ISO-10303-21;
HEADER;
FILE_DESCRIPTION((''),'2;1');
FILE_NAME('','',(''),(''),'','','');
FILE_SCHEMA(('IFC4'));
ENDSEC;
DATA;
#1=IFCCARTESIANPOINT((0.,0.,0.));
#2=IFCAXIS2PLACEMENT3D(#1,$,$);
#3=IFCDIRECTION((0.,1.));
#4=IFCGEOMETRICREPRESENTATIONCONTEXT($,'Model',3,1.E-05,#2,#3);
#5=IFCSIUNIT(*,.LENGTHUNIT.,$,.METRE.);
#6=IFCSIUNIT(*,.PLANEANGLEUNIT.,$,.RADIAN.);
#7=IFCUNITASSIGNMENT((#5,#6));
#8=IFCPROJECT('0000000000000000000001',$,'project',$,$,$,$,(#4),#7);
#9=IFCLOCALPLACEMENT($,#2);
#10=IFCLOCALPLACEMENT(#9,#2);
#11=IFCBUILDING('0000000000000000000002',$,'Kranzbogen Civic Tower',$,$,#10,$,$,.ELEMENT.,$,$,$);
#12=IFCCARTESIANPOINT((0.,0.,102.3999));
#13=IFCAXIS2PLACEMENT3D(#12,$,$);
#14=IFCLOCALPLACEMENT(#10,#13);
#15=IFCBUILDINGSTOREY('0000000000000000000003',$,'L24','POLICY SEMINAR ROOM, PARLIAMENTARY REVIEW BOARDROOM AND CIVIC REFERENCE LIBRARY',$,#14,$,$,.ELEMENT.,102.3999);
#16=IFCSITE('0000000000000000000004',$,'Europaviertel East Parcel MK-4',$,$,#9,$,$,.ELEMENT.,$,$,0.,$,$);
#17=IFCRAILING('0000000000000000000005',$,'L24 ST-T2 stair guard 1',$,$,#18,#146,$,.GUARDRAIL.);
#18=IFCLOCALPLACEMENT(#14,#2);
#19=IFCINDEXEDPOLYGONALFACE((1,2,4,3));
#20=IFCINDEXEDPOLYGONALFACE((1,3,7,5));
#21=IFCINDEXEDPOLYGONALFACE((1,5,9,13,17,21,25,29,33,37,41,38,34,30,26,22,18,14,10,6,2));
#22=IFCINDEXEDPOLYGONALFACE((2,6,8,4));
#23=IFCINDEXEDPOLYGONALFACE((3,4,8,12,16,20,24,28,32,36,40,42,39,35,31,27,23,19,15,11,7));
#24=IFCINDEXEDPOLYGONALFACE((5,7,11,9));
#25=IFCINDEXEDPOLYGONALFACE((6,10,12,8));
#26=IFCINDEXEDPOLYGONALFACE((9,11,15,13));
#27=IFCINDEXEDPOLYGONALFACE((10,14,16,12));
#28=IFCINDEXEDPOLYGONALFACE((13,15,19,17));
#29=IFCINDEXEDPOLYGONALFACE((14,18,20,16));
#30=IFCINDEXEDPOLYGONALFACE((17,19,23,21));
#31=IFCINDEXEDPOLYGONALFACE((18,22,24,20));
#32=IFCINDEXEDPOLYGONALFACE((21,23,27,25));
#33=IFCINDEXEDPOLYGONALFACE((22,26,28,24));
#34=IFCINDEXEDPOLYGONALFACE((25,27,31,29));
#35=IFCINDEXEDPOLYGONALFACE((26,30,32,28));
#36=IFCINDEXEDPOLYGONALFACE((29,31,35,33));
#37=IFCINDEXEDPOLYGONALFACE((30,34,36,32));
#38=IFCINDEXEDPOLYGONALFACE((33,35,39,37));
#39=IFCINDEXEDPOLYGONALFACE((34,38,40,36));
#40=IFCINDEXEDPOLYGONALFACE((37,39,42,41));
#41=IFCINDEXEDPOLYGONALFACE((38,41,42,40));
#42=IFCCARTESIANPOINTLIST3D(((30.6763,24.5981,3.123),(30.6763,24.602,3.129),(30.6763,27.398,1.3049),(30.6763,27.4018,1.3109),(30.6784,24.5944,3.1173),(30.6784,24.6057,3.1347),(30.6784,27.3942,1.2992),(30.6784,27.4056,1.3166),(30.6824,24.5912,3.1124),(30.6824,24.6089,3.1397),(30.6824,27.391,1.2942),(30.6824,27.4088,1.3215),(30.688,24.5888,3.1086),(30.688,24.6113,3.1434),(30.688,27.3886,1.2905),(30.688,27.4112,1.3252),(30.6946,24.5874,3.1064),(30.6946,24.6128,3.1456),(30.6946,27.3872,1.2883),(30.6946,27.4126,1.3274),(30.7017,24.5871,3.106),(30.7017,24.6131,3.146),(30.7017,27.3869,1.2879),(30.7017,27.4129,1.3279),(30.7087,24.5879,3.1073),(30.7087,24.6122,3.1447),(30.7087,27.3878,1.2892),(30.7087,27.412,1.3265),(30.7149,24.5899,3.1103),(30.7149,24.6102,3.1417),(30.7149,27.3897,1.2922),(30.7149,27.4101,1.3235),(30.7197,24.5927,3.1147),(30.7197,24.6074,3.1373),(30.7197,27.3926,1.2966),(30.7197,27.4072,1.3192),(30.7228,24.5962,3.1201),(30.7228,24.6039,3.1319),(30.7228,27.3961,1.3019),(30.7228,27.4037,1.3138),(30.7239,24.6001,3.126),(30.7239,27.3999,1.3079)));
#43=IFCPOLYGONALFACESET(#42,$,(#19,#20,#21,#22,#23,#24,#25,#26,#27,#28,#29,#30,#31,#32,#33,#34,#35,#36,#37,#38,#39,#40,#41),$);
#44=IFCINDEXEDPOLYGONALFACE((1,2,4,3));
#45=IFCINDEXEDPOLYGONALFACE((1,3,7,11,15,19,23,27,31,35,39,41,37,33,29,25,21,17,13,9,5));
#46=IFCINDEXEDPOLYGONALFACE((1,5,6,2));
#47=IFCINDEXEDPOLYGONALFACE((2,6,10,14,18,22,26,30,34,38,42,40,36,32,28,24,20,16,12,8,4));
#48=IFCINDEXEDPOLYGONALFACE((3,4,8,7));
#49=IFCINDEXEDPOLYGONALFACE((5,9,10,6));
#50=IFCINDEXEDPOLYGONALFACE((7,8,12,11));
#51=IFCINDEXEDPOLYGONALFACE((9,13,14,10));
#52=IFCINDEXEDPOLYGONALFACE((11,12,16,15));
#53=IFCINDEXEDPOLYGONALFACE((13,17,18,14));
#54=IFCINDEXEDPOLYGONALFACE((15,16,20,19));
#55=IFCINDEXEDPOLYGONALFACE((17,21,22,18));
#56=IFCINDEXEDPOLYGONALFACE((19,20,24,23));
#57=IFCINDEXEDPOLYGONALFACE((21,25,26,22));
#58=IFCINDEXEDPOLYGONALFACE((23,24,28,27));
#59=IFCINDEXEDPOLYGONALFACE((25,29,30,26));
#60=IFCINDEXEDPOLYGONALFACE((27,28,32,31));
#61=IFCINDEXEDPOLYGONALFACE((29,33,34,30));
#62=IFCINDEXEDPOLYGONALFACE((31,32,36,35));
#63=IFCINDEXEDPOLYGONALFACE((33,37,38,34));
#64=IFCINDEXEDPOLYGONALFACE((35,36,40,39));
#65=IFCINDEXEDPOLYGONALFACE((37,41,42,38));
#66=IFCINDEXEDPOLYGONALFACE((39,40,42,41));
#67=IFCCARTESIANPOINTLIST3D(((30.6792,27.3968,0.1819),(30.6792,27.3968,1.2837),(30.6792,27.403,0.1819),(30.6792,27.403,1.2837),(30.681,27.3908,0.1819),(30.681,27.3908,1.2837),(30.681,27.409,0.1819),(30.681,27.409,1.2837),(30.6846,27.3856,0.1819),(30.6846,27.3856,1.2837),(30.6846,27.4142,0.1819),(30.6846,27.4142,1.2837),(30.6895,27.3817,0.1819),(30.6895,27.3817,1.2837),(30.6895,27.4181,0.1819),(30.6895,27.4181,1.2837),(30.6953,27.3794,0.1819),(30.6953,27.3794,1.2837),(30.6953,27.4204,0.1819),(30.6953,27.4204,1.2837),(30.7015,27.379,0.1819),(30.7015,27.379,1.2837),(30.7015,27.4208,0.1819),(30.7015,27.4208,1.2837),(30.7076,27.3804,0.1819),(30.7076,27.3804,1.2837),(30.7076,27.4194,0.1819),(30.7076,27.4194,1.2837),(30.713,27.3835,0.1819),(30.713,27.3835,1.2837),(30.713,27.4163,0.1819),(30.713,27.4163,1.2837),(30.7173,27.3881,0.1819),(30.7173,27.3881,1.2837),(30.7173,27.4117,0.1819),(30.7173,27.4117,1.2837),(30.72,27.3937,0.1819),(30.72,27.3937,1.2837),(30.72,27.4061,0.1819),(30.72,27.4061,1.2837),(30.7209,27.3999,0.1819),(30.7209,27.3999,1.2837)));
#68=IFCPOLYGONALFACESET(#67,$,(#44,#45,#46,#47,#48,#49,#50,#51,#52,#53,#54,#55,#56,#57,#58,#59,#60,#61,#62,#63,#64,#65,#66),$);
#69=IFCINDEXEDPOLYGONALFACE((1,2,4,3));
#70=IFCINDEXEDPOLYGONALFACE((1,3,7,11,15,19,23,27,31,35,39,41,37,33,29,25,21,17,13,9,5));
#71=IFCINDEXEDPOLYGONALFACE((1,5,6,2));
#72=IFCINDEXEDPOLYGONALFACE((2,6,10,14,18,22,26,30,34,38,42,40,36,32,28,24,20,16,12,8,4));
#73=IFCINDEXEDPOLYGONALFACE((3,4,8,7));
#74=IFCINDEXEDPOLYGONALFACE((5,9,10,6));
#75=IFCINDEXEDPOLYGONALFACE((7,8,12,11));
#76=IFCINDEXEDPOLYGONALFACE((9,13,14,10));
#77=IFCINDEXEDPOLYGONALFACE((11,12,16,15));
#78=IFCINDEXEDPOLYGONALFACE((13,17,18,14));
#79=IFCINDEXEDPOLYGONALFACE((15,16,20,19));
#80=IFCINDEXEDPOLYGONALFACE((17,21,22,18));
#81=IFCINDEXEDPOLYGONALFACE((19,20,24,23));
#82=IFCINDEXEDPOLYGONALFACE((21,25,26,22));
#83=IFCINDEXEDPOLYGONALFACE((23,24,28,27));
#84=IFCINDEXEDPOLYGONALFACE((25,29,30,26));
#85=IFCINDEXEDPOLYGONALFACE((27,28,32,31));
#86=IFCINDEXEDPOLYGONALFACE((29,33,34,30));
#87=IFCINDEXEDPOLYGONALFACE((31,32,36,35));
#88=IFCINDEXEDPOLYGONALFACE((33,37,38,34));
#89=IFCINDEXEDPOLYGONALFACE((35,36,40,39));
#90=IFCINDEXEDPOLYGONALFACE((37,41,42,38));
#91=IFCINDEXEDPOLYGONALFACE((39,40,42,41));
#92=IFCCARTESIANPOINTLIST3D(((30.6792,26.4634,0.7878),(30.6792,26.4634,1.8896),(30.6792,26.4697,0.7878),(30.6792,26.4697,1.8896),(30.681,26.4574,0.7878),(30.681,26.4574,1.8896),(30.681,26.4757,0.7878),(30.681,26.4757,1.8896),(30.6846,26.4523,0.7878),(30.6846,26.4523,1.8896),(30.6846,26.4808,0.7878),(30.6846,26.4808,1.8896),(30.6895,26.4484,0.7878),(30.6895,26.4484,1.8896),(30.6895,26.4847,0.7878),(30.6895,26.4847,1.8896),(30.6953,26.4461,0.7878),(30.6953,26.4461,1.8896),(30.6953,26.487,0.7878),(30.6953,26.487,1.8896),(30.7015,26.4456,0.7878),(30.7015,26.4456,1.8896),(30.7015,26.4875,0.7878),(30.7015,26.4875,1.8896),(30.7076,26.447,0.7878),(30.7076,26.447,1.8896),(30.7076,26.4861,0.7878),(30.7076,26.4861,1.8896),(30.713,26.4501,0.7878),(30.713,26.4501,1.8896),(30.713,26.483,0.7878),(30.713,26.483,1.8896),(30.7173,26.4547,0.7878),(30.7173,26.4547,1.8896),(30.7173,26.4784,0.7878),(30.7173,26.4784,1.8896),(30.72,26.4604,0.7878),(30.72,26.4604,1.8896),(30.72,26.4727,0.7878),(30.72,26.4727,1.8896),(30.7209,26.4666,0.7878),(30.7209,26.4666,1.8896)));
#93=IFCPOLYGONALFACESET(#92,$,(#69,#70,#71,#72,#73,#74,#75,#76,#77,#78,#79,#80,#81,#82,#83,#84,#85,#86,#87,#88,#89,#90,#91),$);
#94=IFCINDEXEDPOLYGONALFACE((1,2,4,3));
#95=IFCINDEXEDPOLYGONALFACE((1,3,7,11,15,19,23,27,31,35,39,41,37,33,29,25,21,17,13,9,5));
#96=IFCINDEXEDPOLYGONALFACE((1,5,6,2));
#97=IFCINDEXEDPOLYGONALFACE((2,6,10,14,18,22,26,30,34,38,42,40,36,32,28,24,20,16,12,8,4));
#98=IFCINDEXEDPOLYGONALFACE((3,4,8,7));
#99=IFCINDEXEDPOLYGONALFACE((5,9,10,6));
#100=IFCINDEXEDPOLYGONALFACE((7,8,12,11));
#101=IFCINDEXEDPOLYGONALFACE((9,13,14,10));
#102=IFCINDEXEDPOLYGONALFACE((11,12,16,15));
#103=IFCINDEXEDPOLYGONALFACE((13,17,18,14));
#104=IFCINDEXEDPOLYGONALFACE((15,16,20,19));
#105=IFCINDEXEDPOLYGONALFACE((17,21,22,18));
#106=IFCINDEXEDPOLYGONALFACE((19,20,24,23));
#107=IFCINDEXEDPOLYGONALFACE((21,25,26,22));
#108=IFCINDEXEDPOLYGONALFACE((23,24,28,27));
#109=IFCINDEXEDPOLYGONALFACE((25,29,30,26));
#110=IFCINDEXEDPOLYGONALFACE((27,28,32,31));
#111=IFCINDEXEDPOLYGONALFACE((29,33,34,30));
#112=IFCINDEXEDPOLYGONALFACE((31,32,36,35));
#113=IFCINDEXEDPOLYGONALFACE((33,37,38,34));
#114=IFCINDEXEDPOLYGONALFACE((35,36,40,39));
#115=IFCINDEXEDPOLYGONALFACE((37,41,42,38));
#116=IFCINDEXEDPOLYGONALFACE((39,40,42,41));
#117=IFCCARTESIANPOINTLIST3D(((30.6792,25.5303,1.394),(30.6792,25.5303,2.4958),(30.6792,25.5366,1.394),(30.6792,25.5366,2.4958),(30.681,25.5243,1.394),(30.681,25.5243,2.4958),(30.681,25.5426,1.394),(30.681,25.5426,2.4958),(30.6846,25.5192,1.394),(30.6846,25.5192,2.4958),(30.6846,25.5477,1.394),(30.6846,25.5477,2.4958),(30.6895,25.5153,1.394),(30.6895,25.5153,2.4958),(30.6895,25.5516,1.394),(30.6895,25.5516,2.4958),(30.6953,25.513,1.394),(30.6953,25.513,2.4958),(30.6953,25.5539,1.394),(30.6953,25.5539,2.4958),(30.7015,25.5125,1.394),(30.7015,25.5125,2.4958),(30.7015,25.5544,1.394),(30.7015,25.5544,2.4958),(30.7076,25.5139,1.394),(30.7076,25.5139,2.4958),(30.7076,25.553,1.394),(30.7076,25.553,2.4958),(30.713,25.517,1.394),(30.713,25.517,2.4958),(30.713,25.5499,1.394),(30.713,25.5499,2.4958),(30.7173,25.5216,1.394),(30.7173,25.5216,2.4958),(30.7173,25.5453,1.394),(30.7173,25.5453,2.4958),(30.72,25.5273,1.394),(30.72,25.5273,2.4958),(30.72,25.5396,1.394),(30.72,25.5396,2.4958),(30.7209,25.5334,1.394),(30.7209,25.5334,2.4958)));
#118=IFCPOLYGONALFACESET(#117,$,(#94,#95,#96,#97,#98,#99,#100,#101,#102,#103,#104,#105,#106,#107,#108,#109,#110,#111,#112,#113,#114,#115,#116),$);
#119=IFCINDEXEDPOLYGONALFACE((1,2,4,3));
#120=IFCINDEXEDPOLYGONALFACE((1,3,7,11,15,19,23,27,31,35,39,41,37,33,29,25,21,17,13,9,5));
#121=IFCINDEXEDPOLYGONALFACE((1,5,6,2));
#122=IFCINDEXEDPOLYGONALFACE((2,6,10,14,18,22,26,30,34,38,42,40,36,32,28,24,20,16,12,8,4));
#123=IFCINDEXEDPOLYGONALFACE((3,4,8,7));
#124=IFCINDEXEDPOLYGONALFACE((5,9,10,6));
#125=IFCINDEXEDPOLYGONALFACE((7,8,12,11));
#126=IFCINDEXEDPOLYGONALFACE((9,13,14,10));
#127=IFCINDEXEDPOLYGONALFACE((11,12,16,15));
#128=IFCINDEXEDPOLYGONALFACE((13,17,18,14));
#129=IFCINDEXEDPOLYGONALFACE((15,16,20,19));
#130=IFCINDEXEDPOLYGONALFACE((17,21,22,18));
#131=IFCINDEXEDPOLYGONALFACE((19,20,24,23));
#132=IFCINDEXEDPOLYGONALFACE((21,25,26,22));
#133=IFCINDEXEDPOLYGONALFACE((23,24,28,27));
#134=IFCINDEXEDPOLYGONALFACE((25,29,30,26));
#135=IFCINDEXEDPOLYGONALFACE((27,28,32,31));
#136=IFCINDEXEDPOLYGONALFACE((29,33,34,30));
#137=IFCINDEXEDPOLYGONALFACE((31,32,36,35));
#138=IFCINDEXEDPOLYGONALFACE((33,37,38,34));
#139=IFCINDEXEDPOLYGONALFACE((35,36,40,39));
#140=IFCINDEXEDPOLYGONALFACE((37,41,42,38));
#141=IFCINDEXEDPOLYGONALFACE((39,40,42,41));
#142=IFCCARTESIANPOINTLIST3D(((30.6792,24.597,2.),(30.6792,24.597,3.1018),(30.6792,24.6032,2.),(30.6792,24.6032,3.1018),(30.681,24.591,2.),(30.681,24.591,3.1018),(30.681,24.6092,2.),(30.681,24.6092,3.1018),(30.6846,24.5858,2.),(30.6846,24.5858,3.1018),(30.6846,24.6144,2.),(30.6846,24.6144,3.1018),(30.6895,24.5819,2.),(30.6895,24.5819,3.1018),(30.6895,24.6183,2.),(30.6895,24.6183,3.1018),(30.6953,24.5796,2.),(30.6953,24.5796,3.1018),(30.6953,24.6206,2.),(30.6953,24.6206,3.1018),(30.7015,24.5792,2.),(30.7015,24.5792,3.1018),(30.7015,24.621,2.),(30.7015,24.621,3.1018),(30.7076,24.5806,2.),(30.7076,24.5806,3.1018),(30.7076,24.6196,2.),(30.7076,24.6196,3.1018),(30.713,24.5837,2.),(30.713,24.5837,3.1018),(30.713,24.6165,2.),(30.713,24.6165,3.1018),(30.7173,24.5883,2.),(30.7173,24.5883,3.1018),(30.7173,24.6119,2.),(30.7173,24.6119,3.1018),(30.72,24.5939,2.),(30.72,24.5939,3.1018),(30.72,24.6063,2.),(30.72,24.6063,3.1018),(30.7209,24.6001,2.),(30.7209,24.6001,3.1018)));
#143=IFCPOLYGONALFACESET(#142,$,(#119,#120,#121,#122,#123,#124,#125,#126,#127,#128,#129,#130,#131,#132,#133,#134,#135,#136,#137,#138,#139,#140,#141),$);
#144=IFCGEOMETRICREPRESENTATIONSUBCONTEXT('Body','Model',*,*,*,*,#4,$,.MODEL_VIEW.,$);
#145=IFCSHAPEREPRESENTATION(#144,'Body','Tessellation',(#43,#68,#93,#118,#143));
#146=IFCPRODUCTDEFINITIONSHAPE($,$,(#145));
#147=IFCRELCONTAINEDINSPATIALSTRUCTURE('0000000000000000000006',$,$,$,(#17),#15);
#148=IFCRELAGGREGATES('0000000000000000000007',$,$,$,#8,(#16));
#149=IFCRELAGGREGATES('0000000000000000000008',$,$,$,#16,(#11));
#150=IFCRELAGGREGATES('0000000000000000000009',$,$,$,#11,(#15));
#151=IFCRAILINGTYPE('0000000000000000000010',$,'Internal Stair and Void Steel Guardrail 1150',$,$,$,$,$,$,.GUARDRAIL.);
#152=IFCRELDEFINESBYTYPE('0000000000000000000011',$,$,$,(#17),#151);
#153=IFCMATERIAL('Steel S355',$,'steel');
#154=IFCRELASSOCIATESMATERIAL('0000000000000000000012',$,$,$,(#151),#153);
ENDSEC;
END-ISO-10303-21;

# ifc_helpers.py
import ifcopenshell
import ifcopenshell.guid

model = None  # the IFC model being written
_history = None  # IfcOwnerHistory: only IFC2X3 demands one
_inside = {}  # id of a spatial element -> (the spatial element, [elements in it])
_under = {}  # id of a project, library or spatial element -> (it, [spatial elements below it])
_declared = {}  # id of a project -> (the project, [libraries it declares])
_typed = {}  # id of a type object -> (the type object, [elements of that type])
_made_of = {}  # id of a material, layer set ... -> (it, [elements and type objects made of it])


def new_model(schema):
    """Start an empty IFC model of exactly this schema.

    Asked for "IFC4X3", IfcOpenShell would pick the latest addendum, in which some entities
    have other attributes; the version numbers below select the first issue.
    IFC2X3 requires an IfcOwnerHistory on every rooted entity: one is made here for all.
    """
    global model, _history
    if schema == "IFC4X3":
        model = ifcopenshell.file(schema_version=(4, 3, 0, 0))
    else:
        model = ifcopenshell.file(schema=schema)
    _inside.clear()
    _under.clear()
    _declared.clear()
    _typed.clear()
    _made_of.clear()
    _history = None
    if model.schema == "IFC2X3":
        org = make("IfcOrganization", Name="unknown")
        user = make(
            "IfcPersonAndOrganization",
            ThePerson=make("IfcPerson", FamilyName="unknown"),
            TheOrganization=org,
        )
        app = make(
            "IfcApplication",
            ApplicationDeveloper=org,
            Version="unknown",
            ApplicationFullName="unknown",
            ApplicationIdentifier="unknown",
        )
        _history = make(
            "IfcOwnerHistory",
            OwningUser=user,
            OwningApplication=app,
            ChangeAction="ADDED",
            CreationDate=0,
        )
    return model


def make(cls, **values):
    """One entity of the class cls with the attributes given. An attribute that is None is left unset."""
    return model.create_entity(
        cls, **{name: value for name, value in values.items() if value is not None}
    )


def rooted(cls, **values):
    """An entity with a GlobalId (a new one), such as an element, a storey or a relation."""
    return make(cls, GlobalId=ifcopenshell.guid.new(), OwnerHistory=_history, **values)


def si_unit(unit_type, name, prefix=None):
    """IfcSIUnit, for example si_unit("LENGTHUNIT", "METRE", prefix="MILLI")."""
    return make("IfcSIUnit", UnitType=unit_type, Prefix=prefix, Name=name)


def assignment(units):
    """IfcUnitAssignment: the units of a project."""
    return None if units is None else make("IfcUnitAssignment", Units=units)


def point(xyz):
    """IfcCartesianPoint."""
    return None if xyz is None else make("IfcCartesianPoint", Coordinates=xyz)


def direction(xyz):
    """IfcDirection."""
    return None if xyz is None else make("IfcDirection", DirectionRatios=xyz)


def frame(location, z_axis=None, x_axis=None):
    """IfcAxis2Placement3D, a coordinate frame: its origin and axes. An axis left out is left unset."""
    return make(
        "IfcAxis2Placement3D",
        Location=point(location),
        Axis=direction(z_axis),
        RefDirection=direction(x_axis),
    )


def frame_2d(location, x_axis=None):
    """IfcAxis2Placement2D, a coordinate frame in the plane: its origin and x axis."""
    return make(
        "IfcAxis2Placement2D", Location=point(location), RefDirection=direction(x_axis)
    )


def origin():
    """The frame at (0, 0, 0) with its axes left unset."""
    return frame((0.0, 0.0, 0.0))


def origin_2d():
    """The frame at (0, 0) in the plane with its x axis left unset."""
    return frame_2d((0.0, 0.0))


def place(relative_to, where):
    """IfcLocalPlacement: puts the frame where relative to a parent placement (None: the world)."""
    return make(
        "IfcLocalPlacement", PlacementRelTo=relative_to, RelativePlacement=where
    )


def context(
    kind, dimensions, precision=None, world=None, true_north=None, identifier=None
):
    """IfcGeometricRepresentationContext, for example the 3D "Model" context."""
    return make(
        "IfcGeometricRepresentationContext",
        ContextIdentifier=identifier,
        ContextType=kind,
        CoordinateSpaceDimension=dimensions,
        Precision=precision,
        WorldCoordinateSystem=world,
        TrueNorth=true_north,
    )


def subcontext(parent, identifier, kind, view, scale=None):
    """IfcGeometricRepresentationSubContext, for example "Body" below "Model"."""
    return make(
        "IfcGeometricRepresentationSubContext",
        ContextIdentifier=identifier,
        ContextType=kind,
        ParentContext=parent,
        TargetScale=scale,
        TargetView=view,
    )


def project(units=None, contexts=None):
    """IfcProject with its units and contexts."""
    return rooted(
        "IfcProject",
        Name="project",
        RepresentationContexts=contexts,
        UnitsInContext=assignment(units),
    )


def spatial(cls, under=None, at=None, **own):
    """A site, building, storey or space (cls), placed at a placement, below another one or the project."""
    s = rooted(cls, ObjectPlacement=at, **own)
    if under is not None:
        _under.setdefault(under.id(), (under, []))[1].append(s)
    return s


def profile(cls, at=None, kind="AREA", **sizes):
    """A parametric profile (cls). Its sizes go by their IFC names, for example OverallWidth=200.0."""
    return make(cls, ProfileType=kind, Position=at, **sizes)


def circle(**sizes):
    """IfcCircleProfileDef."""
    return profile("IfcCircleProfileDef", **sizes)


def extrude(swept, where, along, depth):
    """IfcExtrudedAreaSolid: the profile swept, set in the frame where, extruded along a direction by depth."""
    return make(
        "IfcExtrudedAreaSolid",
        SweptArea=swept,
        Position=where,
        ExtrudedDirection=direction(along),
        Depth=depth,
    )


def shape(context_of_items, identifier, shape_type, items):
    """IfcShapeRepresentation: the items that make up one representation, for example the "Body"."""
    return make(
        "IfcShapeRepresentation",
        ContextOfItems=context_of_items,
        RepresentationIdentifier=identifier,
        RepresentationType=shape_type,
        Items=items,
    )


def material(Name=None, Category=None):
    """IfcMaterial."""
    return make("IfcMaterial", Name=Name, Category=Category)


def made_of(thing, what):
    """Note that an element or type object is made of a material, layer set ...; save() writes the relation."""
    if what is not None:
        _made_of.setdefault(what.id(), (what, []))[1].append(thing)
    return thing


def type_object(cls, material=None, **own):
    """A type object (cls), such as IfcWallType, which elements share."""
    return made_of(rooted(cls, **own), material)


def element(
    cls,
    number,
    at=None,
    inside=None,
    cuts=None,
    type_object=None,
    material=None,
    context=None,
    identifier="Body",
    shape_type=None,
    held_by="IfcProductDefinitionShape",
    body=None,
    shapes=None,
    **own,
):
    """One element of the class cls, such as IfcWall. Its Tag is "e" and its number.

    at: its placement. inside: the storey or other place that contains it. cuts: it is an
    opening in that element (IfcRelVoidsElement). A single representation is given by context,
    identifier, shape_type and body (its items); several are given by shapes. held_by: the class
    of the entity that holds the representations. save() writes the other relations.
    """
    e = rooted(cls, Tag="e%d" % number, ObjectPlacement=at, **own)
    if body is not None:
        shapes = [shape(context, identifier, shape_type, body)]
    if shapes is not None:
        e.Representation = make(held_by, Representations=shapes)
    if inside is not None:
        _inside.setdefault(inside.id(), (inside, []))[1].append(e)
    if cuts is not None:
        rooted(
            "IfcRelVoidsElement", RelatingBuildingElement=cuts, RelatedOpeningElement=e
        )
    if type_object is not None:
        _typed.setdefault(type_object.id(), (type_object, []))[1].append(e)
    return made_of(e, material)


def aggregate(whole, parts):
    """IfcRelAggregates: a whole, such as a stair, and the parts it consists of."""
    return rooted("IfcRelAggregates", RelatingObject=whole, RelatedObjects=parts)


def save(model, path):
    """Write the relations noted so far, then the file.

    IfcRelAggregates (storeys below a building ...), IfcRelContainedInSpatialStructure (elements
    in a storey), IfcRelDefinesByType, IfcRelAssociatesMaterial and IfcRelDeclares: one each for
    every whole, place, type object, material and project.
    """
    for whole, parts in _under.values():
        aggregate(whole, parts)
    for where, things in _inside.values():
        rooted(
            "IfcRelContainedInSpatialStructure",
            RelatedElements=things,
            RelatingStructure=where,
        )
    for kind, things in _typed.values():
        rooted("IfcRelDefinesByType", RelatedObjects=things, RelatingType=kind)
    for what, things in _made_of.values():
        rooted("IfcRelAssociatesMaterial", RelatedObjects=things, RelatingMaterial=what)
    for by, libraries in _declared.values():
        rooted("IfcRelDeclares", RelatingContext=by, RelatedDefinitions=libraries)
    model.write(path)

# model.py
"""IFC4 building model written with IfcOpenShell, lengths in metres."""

from ifc_helpers import new_model, si_unit, direction, frame, origin, origin_2d, place, context, subcontext, project, spatial, circle, extrude, material, type_object, element, save


model = new_model("IFC4")

# Units and contexts
model_context = context("Model", 3, precision=1e-05, world=origin(), true_north=direction((0.0, 1.0)))
body_context = subcontext(model_context, "Body", "Model", "MODEL_VIEW")
ifc_project = project(units=[si_unit("LENGTHUNIT", "METRE"), si_unit("PLANEANGLEUNIT", "RADIAN")], contexts=[model_context])

# Site, building, storey
site_placement = place(None, origin())
site = spatial("IfcSite", under=ifc_project, at=site_placement, Name="Europaviertel East Parcel MK-4", CompositionType="ELEMENT", RefElevation=0.0)
building_placement = place(site_placement, origin())
building = spatial("IfcBuilding", under=site, at=building_placement, Name="Kranzbogen Civic Tower", CompositionType="ELEMENT")
storey_placement = place(building_placement, frame((0.0, 0.0, 102.3999)))
storey = spatial("IfcBuildingStorey", under=building, at=storey_placement, Name="L24", Description="POLICY SEMINAR ROOM, PARLIAMENTARY REVIEW BOARDROOM AND CIVIC REFERENCE LIBRARY", CompositionType="ELEMENT", Elevation=102.3999)

# Shared definitions
ifc_material_1 = material(Name="Steel S355", Category="steel")

# Railing
railing_type_1 = type_object("IfcRailingType", Name="Internal Stair and Void Steel Guardrail 1150", PredefinedType="GUARDRAIL", material=ifc_material_1)
railing_1_placement = place(storey_placement, frame((30.7, 27.3999, 0.1819)))
element("IfcRailing", 1, at=railing_1_placement, inside=storey, type_object=railing_type_1, Name="L24 ST-T2 stair guard 1", PredefinedType="GUARDRAIL", context=body_context, shape_type="SweptSolid", body=[
    extrude(circle(Radius=0.0239, at=origin_2d()), frame((0.0, 0.0, 1.126), z_axis=(0.0, -0.838684, 0.544618), x_axis=(1.0, 0.0, 0.0)), (0.0, 0.0, 1.0), 3.3384),
    extrude(circle(Radius=0.021, at=origin_2d()), origin(), (0.0, 0.0, 1.0), 1.1018),
    extrude(circle(Radius=0.021, at=origin_2d()), frame((0.0, -0.9333, 0.606)), (0.0, 0.0, 1.0), 1.1018),
    extrude(circle(Radius=0.021, at=origin_2d()), frame((0.0, -1.8665, 1.2122)), (0.0, 0.0, 1.0), 1.1018),
    extrude(circle(Radius=0.021, at=origin_2d()), frame((0.0, -2.7998, 1.8181)), (0.0, 0.0, 1.0), 1.1018),
])

save(model, "model.ifc")
